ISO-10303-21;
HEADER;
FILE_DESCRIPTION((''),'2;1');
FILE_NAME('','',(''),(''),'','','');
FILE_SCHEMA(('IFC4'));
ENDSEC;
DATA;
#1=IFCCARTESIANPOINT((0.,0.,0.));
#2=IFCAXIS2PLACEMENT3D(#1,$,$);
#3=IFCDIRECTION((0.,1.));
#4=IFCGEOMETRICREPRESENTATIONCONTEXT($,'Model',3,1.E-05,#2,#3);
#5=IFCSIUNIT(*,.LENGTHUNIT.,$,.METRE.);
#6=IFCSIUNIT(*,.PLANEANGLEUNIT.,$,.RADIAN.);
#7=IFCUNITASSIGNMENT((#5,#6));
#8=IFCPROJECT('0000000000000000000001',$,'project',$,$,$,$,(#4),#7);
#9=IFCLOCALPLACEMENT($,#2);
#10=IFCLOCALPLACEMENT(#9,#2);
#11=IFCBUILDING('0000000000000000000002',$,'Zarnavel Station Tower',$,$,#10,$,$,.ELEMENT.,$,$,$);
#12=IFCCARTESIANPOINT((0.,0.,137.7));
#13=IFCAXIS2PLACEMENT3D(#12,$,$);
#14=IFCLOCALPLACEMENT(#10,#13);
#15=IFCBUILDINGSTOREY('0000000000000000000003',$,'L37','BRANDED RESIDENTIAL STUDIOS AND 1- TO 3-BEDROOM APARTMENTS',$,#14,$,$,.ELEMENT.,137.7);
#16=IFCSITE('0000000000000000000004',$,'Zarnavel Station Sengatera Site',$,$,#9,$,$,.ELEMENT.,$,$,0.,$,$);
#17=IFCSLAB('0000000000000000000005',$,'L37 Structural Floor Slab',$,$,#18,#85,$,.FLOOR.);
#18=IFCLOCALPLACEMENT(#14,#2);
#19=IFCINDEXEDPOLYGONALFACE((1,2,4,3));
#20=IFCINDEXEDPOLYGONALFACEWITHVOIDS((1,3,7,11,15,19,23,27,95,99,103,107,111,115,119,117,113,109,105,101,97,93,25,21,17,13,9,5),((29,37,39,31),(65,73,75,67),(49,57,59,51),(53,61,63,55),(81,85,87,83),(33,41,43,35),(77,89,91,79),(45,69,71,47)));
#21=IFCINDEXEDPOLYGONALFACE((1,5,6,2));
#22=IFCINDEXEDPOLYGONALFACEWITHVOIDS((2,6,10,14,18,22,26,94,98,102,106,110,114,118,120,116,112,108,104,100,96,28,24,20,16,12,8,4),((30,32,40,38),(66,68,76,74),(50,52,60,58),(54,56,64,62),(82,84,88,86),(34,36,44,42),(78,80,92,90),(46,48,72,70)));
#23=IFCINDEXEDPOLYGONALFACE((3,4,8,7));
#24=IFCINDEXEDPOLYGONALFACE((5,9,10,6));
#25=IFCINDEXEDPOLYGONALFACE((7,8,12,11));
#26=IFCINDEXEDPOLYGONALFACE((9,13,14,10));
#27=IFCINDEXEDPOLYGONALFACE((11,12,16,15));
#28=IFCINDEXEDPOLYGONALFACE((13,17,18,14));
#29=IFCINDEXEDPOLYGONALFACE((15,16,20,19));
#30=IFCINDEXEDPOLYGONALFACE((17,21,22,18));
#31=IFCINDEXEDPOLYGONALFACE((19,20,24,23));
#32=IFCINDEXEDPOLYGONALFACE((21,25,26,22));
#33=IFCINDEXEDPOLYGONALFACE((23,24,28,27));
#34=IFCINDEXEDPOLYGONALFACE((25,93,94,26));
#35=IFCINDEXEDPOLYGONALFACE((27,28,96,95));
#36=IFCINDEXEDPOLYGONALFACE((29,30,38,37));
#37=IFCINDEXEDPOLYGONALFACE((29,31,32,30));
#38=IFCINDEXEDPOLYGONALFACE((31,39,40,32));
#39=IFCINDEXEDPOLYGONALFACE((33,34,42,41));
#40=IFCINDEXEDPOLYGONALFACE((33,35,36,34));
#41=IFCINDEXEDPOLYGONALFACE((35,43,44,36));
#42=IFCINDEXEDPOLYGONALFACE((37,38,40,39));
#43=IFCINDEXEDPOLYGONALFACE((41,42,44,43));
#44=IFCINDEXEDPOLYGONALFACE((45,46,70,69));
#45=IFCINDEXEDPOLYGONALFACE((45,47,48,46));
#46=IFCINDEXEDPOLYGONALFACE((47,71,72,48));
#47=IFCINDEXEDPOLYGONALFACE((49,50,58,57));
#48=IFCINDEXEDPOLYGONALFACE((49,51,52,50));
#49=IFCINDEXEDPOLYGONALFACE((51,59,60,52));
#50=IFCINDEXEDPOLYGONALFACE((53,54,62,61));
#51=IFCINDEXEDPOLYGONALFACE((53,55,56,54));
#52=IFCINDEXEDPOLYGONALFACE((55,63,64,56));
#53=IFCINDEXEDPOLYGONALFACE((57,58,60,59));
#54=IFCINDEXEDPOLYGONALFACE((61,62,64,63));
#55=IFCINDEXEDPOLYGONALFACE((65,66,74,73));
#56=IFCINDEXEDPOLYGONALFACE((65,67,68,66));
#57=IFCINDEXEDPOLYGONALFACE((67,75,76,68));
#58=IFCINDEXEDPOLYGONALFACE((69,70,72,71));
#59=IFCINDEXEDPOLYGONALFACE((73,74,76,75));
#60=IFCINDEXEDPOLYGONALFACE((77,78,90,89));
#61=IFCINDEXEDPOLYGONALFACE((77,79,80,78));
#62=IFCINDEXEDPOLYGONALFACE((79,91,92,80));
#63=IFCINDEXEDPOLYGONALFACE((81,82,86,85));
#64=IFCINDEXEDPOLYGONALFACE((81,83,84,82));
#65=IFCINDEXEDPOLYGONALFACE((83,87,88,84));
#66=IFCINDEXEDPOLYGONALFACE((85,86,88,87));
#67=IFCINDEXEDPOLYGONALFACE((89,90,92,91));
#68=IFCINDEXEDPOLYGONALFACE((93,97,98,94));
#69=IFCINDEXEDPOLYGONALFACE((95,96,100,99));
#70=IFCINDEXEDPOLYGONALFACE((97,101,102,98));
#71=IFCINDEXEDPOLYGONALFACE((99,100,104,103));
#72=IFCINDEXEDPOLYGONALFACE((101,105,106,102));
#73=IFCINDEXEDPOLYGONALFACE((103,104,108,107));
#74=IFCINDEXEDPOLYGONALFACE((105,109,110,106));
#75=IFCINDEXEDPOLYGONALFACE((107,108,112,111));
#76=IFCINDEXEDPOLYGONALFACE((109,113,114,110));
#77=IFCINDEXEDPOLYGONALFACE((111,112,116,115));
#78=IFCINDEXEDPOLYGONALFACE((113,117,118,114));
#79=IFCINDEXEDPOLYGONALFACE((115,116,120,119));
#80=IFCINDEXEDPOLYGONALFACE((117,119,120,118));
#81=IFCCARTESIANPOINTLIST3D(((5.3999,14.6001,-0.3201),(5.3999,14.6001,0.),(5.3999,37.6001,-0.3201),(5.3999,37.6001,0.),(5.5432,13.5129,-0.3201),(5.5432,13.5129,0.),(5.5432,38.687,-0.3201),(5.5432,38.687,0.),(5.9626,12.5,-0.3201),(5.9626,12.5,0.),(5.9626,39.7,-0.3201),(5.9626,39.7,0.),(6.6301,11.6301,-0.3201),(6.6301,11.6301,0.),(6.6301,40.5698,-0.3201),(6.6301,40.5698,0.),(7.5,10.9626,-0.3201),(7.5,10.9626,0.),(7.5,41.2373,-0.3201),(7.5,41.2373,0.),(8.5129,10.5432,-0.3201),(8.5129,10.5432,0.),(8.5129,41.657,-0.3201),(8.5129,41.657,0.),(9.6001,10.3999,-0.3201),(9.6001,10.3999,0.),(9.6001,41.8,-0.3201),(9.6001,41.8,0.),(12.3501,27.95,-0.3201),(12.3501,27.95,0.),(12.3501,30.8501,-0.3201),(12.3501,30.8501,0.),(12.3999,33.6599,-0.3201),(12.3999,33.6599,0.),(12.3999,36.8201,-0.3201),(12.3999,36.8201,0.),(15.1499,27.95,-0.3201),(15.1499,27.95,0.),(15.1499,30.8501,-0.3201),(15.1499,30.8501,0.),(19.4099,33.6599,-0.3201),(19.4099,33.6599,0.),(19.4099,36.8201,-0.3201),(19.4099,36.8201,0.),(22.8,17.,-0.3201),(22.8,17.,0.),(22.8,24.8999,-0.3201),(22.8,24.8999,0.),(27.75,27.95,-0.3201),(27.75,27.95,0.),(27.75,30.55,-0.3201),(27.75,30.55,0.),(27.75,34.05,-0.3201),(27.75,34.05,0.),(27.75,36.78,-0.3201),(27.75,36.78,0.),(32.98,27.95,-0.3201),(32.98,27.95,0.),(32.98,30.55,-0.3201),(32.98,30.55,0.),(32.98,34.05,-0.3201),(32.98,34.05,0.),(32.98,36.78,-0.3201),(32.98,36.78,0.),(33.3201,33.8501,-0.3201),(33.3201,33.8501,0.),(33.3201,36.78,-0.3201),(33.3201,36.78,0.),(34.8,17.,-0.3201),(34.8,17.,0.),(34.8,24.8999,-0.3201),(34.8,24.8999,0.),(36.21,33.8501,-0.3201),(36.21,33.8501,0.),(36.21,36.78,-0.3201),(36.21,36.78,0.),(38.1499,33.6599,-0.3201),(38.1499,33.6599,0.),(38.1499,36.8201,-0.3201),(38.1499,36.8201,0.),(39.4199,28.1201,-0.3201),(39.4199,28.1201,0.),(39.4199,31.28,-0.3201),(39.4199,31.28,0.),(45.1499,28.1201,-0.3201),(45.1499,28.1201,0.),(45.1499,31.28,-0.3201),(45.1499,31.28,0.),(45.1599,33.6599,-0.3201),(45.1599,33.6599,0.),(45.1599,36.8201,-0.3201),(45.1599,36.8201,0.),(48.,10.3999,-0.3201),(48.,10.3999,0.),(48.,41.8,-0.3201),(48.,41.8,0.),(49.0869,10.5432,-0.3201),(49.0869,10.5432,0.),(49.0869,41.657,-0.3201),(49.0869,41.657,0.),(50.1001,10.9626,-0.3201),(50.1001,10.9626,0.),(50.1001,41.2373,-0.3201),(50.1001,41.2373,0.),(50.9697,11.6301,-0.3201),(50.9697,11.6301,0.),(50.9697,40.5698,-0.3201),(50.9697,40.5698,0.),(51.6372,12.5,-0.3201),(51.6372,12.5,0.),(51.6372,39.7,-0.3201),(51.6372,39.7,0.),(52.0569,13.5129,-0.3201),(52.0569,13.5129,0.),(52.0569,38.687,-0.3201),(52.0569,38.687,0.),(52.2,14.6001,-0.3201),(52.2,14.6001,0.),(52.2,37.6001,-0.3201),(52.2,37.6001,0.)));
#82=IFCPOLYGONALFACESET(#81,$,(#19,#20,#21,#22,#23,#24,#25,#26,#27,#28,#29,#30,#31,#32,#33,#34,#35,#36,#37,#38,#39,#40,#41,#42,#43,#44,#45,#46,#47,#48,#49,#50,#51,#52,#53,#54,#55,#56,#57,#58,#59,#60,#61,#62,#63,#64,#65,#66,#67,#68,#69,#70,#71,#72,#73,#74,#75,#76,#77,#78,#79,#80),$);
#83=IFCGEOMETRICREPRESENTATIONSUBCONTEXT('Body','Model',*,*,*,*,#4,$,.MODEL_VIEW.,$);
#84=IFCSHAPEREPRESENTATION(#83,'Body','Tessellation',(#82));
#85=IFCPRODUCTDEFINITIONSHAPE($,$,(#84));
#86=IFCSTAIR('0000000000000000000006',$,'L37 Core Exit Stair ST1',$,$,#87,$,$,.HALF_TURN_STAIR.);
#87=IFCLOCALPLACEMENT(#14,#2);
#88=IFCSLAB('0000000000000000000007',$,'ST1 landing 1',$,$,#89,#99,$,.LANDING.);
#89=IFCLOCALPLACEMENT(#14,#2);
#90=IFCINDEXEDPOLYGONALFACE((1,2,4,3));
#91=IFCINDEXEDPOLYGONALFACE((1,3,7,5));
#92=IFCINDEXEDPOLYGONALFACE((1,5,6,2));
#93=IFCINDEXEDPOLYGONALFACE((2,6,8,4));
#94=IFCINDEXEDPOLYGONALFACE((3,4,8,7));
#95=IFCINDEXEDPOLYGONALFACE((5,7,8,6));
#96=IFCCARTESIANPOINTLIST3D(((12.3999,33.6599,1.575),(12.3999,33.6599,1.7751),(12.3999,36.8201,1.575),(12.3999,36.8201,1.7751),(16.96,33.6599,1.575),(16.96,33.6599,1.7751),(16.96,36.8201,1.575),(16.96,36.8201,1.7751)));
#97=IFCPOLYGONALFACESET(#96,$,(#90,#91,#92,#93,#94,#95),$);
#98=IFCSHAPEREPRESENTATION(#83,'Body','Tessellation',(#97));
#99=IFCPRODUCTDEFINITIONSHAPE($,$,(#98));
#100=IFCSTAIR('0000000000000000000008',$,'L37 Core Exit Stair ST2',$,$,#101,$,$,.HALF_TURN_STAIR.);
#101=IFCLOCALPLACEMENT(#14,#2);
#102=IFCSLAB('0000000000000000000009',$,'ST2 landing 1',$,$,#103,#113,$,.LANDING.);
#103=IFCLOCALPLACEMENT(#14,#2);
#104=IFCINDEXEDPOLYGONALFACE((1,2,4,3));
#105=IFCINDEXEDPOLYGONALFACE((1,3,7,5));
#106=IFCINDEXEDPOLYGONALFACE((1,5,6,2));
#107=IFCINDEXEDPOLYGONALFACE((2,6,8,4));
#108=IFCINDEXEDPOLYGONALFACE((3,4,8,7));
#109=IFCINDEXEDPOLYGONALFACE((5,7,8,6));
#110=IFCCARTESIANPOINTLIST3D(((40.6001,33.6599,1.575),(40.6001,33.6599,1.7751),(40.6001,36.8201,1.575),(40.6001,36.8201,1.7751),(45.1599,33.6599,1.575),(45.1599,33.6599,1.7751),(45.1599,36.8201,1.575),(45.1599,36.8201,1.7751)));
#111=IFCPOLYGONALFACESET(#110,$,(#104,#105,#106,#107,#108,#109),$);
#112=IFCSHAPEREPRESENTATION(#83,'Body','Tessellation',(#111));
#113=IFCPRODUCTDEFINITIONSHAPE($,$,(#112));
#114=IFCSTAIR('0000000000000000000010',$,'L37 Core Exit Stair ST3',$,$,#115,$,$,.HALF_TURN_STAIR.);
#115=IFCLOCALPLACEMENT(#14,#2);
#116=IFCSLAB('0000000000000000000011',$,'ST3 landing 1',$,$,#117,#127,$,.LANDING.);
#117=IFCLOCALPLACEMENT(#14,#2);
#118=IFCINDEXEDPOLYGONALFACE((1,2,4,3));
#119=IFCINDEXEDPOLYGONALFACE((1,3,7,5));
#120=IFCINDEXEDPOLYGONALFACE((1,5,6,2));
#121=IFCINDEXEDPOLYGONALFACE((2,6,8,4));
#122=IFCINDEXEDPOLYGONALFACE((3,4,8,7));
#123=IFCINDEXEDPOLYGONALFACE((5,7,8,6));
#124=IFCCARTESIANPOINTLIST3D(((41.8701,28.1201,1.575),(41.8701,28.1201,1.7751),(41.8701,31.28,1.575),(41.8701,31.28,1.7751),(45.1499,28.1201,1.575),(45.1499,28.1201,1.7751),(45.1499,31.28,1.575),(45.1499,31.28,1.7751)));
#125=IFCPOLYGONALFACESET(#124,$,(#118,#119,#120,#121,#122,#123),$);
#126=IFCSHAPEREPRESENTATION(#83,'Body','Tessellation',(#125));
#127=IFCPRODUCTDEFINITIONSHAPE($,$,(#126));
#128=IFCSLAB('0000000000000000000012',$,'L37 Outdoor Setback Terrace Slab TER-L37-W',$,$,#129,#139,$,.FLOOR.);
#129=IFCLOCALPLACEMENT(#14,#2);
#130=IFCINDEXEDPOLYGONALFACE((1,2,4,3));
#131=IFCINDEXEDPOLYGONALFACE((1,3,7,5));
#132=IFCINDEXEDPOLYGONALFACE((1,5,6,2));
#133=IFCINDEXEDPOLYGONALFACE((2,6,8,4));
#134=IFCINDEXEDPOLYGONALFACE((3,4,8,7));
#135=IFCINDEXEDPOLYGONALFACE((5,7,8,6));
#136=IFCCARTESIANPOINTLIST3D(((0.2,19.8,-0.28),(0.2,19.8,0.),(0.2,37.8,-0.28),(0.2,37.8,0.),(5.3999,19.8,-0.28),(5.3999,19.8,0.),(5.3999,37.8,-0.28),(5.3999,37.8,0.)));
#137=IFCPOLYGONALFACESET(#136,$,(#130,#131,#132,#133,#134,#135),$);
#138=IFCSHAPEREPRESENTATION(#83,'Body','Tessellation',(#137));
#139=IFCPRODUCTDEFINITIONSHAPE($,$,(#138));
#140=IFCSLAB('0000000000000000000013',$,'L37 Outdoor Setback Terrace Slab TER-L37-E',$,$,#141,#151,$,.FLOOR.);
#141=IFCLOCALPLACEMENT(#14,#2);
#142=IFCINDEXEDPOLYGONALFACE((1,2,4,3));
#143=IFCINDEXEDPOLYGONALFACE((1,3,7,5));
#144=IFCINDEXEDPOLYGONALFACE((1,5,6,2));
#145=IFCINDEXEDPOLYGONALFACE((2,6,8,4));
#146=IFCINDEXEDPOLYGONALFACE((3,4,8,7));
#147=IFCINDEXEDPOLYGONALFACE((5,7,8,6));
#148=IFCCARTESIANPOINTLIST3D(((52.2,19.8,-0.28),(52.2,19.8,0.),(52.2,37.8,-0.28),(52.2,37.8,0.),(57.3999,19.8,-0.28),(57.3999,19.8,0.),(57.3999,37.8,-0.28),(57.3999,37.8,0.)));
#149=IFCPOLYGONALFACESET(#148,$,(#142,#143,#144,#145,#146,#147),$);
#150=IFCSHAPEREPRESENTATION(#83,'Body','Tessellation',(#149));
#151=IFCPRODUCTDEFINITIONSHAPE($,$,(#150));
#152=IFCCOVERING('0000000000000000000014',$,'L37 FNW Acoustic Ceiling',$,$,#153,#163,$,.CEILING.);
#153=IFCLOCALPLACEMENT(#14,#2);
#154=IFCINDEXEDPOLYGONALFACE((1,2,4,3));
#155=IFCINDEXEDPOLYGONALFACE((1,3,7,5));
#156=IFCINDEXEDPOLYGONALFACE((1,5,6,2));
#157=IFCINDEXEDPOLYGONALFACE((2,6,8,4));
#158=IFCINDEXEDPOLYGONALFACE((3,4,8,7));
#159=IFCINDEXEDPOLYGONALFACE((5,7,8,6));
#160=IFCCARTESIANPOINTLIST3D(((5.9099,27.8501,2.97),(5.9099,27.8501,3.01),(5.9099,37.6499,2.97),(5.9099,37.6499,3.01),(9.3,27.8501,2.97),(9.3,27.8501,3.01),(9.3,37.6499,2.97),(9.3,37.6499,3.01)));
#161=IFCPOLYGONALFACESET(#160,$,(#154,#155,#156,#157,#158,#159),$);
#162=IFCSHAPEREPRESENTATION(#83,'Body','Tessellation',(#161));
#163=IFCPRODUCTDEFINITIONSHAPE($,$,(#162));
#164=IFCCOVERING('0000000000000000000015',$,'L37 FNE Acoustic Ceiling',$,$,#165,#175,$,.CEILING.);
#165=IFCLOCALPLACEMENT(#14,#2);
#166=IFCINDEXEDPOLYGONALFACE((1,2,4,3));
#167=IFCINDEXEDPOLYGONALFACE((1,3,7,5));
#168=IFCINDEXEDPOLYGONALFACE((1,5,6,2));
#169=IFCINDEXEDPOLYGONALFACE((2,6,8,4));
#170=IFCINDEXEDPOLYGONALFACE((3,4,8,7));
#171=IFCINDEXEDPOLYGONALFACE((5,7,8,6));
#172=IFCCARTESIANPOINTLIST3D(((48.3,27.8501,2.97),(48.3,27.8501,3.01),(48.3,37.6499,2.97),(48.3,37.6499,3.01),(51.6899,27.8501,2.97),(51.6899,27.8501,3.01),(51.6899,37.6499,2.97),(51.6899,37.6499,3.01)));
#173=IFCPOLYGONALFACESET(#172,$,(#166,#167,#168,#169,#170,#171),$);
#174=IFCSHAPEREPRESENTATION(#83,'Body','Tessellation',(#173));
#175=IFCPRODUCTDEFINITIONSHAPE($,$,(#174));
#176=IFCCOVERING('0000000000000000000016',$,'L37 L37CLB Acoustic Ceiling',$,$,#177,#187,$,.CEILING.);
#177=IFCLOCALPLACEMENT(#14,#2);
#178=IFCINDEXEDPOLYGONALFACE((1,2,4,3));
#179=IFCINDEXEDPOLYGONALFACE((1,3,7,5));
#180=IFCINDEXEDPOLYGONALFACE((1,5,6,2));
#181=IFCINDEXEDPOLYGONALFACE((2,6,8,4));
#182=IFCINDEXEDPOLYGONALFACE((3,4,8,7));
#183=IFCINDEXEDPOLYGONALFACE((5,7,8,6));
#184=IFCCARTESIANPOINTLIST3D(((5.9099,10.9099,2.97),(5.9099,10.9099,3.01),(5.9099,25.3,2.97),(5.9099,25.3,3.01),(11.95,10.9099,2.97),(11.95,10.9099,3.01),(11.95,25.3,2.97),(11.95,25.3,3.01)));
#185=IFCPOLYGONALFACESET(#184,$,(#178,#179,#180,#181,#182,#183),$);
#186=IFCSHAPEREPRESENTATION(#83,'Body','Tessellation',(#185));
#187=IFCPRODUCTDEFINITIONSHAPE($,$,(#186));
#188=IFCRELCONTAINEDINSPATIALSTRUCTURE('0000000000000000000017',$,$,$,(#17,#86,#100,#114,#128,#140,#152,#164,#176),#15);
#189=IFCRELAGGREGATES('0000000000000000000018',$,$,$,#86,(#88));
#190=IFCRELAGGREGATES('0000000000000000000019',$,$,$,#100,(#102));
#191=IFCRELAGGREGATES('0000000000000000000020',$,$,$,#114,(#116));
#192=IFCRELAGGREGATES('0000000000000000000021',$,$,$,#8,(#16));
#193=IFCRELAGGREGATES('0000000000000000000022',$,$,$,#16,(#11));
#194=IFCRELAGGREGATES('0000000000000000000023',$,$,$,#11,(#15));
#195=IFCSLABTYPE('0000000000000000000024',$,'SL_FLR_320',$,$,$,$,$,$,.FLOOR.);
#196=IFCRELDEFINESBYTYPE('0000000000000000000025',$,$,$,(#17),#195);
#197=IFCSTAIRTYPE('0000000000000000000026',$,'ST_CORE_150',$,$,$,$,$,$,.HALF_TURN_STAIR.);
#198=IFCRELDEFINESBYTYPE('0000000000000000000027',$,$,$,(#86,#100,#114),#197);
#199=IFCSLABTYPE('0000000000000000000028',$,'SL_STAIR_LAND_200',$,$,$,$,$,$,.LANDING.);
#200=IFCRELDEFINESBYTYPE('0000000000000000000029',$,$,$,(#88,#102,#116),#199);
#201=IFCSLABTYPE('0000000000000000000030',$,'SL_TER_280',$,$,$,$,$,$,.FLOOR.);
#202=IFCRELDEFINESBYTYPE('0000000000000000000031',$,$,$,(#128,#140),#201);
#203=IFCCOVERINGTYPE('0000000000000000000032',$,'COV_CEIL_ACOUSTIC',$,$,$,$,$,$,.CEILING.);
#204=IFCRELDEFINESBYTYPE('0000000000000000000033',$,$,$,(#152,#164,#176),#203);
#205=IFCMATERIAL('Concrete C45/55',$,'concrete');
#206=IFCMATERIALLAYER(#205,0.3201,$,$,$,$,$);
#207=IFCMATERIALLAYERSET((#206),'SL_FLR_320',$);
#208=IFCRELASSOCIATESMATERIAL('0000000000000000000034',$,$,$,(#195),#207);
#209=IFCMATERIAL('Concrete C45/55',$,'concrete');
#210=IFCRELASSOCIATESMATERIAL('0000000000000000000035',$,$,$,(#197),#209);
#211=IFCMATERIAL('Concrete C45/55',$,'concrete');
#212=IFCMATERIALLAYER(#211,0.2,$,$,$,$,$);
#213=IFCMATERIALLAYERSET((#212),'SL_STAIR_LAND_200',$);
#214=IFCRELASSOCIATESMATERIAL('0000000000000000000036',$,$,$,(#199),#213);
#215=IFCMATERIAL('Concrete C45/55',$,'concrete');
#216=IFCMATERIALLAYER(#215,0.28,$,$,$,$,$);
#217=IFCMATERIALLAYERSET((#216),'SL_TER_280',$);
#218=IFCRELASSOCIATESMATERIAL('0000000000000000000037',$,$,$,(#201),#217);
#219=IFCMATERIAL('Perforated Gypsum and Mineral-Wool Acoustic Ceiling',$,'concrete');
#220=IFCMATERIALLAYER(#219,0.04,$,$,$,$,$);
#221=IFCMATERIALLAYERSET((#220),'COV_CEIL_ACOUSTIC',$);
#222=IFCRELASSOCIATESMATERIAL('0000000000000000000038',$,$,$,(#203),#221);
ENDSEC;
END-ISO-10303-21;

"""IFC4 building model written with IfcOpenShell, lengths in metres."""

from ifc_helpers import new_model, si_unit, direction, frame, origin, place, context, subcontext, project, spatial, polyline, outline, extrude, material, layer, layer_set, type_object, element, aggregate, save


model = new_model("IFC4")

# Units and contexts
model_context = context("Model", 3, precision=1e-05, world=origin(), true_north=direction((0.0, 1.0)))
body_context = subcontext(model_context, "Body", "Model", "MODEL_VIEW")
ifc_project = project(units=[si_unit("LENGTHUNIT", "METRE"), si_unit("PLANEANGLEUNIT", "RADIAN")], contexts=[model_context])

# Site, building, storey
site_placement = place(None, origin())
site = spatial("IfcSite", under=ifc_project, at=site_placement, Name="Zarnavel Station Sengatera Site", CompositionType="ELEMENT", RefElevation=0.0)
building_placement = place(site_placement, origin())
building = spatial("IfcBuilding", under=site, at=building_placement, Name="Zarnavel Station Tower", CompositionType="ELEMENT")
storey_placement = place(building_placement, frame((0.0, 0.0, 137.7)))
storey = spatial("IfcBuildingStorey", under=building, at=storey_placement, Name="L37", Description="BRANDED RESIDENTIAL STUDIOS AND 1- TO 3-BEDROOM APARTMENTS", CompositionType="ELEMENT", Elevation=137.7)

# Slab
ifc_material_1 = material(Name="Concrete C45/55", Category="concrete")
ifc_layer_1 = layer(ifc_material_1, 0.3201)
ifc_layer_set_1 = layer_set([ifc_layer_1], Name="SL_FLR_320")
slab_type_1 = type_object("IfcSlabType", Name="SL_FLR_320", PredefinedType="FLOOR", material=ifc_layer_set_1)
slab_1_placement = place(storey_placement, frame((0.0, 0.0, -0.3201)))
element("IfcSlab", 1, at=slab_1_placement, inside=storey, type_object=slab_type_1, Name="L37 Structural Floor Slab", PredefinedType="FLOOR", context=body_context, shape_type="SweptSolid", body=[
    extrude(outline(polyline([(48.0, 10.3999), (49.0869, 10.5432), (50.1001, 10.9626), (50.9697, 11.6301), (51.6372, 12.5), (52.0569, 13.5129), (52.2, 14.6001), (52.2, 37.6001), (52.0569, 38.687), (51.6372, 39.7), (50.9697, 40.5698), (50.1001, 41.2373), (49.0869, 41.657), (48.0, 41.8), (9.6001, 41.8), (8.5129, 41.657), (7.5, 41.2373), (6.6301, 40.5698), (5.9626, 39.7), (5.5432, 38.687), (5.3999, 37.6001), (5.3999, 14.6001), (5.5432, 13.5129), (5.9626, 12.5), (6.6301, 11.6301), (7.5, 10.9626), (8.5129, 10.5432), (9.6001, 10.3999), (48.0, 10.3999)]), holes=[polyline([(12.3999, 33.6599), (19.4099, 33.6599), (19.4099, 36.8201), (12.3999, 36.8201), (12.3999, 33.6599)]), polyline([(38.1499, 33.6599), (45.1599, 33.6599), (45.1599, 36.8201), (38.1499, 36.8201), (38.1499, 33.6599)]), polyline([(39.4199, 28.1201), (45.1499, 28.1201), (45.1499, 31.28), (39.4199, 31.28), (39.4199, 28.1201)]), polyline([(12.3501, 27.95), (15.1499, 27.95), (15.1499, 30.8501), (12.3501, 30.8501), (12.3501, 27.95)]), polyline([(33.3201, 33.8501), (36.21, 33.8501), (36.21, 36.78), (33.3201, 36.78), (33.3201, 33.8501)]), polyline([(27.75, 34.05), (32.98, 34.05), (32.98, 36.78), (27.75, 36.78), (27.75, 34.05)]), polyline([(27.75, 27.95), (32.98, 27.95), (32.98, 30.55), (27.75, 30.55), (27.75, 27.95)]), polyline([(22.8, 17.0), (34.8, 17.0), (34.8, 24.8999), (22.8, 24.8999), (22.8, 17.0)])]), origin(), (0.0, 0.0, 1.0), 0.3201),
])

# Stairs, slabs
ifc_material_2 = material(Name="Concrete C45/55", Category="concrete")
stair_type = type_object("IfcStairType", Name="ST_CORE_150", PredefinedType="HALF_TURN_STAIR", material=ifc_material_2)
stair_1_placement = place(storey_placement, origin())
stair_1 = element("IfcStair", 2, at=stair_1_placement, inside=storey, type_object=stair_type, Name="L37 Core Exit Stair ST1", PredefinedType="HALF_TURN_STAIR")
ifc_material_3 = material(Name="Concrete C45/55", Category="concrete")
ifc_layer_2 = layer(ifc_material_3, 0.2)
ifc_layer_set_2 = layer_set([ifc_layer_2], Name="SL_STAIR_LAND_200")
slab_type_2 = type_object("IfcSlabType", Name="SL_STAIR_LAND_200", PredefinedType="LANDING", material=ifc_layer_set_2)
slab_2_placement = place(storey_placement, frame((0.0, 0.0, 1.575)))
slab_2 = element("IfcSlab", 3, at=slab_2_placement, type_object=slab_type_2, Name="ST1 landing 1", PredefinedType="LANDING", context=body_context, shape_type="SweptSolid", body=[
    extrude(outline(polyline([(16.96, 36.8201), (12.3999, 36.8201), (12.3999, 33.6599), (16.96, 33.6599), (16.96, 36.8201)])), origin(), (0.0, 0.0, 1.0), 0.2002),
])
aggregate(stair_1, [slab_2])
stair_2_placement = place(storey_placement, origin())
stair_2 = element("IfcStair", 4, at=stair_2_placement, inside=storey, type_object=stair_type, Name="L37 Core Exit Stair ST2", PredefinedType="HALF_TURN_STAIR")
slab_3_placement = place(storey_placement, frame((0.0, 0.0, 1.575)))
slab_3 = element("IfcSlab", 5, at=slab_3_placement, type_object=slab_type_2, Name="ST2 landing 1", PredefinedType="LANDING", context=body_context, shape_type="SweptSolid", body=[
    extrude(outline(polyline([(40.6001, 33.6599), (45.1599, 33.6599), (45.1599, 36.8201), (40.6001, 36.8201), (40.6001, 33.6599)])), origin(), (0.0, 0.0, 1.0), 0.2002),
])
aggregate(stair_2, [slab_3])
stair_3_placement = place(storey_placement, origin())
stair_3 = element("IfcStair", 6, at=stair_3_placement, inside=storey, type_object=stair_type, Name="L37 Core Exit Stair ST3", PredefinedType="HALF_TURN_STAIR")
slab_4_placement = place(storey_placement, frame((0.0, 0.0, 1.575)))
slab_4 = element("IfcSlab", 7, at=slab_4_placement, type_object=slab_type_2, Name="ST3 landing 1", PredefinedType="LANDING", context=body_context, shape_type="SweptSolid", body=[
    extrude(outline(polyline([(41.8701, 28.1201), (45.1499, 28.1201), (45.1499, 31.28), (41.8701, 31.28), (41.8701, 28.1201)])), origin(), (0.0, 0.0, 1.0), 0.2002),
])
aggregate(stair_3, [slab_4])

# Slabs
ifc_material_4 = material(Name="Concrete C45/55", Category="concrete")
ifc_layer_3 = layer(ifc_material_4, 0.28)
ifc_layer_set_3 = layer_set([ifc_layer_3], Name="SL_TER_280")
slab_type_3 = type_object("IfcSlabType", Name="SL_TER_280", PredefinedType="FLOOR", material=ifc_layer_set_3)
slab_5_placement = place(storey_placement, frame((0.0, 0.0, -0.28)))
element("IfcSlab", 8, at=slab_5_placement, inside=storey, type_object=slab_type_3, Name="L37 Outdoor Setback Terrace Slab TER-L37-W", PredefinedType="FLOOR", context=body_context, shape_type="SweptSolid", body=[
    extrude(outline(polyline([(0.2, 19.8), (5.3999, 19.8), (5.3999, 37.8), (0.2, 37.8), (0.2, 19.8)])), origin(), (0.0, 0.0, 1.0), 0.28),
])
slab_6_placement = place(storey_placement, frame((0.0, 0.0, -0.28)))
element("IfcSlab", 9, at=slab_6_placement, inside=storey, type_object=slab_type_3, Name="L37 Outdoor Setback Terrace Slab TER-L37-E", PredefinedType="FLOOR", context=body_context, shape_type="SweptSolid", body=[
    extrude(outline(polyline([(52.2, 19.8), (57.3999, 19.8), (57.3999, 37.8), (52.2, 37.8), (52.2, 19.8)])), origin(), (0.0, 0.0, 1.0), 0.28),
])

# Coverings
ifc_material_5 = material(Name="Perforated Gypsum and Mineral-Wool Acoustic Ceiling", Category="concrete")
ifc_layer_4 = layer(ifc_material_5, 0.04)
ifc_layer_set_4 = layer_set([ifc_layer_4], Name="COV_CEIL_ACOUSTIC")
covering_type_1 = type_object("IfcCoveringType", Name="COV_CEIL_ACOUSTIC", PredefinedType="CEILING", material=ifc_layer_set_4)
covering_1_placement = place(storey_placement, frame((0.0, 0.0, 2.97)))
element("IfcCovering", 10, at=covering_1_placement, inside=storey, type_object=covering_type_1, Name="L37 FNW Acoustic Ceiling", PredefinedType="CEILING", context=body_context, shape_type="SweptSolid", body=[
    extrude(outline(polyline([(5.9099, 27.8501), (9.3, 27.8501), (9.3, 37.6499), (5.9099, 37.6499), (5.9099, 27.8501)])), origin(), (0.0, 0.0, 1.0), 0.04),
])
covering_2_placement = place(storey_placement, frame((0.0, 0.0, 2.97)))
element("IfcCovering", 11, at=covering_2_placement, inside=storey, type_object=covering_type_1, Name="L37 FNE Acoustic Ceiling", PredefinedType="CEILING", context=body_context, shape_type="SweptSolid", body=[
    extrude(outline(polyline([(48.3, 27.8501), (51.6899, 27.8501), (51.6899, 37.6499), (48.3, 37.6499), (48.3, 27.8501)])), origin(), (0.0, 0.0, 1.0), 0.04),
])
covering_3_placement = place(storey_placement, frame((0.0, 0.0, 2.97)))
element("IfcCovering", 12, at=covering_3_placement, inside=storey, type_object=covering_type_1, Name="L37 L37CLB Acoustic Ceiling", PredefinedType="CEILING", context=body_context, shape_type="SweptSolid", body=[
    extrude(outline(polyline([(5.9099, 10.9099), (11.95, 10.9099), (11.95, 25.3), (5.9099, 25.3), (5.9099, 10.9099)])), origin(), (0.0, 0.0, 1.0), 0.04),
])

save(model, "model.ifc")
